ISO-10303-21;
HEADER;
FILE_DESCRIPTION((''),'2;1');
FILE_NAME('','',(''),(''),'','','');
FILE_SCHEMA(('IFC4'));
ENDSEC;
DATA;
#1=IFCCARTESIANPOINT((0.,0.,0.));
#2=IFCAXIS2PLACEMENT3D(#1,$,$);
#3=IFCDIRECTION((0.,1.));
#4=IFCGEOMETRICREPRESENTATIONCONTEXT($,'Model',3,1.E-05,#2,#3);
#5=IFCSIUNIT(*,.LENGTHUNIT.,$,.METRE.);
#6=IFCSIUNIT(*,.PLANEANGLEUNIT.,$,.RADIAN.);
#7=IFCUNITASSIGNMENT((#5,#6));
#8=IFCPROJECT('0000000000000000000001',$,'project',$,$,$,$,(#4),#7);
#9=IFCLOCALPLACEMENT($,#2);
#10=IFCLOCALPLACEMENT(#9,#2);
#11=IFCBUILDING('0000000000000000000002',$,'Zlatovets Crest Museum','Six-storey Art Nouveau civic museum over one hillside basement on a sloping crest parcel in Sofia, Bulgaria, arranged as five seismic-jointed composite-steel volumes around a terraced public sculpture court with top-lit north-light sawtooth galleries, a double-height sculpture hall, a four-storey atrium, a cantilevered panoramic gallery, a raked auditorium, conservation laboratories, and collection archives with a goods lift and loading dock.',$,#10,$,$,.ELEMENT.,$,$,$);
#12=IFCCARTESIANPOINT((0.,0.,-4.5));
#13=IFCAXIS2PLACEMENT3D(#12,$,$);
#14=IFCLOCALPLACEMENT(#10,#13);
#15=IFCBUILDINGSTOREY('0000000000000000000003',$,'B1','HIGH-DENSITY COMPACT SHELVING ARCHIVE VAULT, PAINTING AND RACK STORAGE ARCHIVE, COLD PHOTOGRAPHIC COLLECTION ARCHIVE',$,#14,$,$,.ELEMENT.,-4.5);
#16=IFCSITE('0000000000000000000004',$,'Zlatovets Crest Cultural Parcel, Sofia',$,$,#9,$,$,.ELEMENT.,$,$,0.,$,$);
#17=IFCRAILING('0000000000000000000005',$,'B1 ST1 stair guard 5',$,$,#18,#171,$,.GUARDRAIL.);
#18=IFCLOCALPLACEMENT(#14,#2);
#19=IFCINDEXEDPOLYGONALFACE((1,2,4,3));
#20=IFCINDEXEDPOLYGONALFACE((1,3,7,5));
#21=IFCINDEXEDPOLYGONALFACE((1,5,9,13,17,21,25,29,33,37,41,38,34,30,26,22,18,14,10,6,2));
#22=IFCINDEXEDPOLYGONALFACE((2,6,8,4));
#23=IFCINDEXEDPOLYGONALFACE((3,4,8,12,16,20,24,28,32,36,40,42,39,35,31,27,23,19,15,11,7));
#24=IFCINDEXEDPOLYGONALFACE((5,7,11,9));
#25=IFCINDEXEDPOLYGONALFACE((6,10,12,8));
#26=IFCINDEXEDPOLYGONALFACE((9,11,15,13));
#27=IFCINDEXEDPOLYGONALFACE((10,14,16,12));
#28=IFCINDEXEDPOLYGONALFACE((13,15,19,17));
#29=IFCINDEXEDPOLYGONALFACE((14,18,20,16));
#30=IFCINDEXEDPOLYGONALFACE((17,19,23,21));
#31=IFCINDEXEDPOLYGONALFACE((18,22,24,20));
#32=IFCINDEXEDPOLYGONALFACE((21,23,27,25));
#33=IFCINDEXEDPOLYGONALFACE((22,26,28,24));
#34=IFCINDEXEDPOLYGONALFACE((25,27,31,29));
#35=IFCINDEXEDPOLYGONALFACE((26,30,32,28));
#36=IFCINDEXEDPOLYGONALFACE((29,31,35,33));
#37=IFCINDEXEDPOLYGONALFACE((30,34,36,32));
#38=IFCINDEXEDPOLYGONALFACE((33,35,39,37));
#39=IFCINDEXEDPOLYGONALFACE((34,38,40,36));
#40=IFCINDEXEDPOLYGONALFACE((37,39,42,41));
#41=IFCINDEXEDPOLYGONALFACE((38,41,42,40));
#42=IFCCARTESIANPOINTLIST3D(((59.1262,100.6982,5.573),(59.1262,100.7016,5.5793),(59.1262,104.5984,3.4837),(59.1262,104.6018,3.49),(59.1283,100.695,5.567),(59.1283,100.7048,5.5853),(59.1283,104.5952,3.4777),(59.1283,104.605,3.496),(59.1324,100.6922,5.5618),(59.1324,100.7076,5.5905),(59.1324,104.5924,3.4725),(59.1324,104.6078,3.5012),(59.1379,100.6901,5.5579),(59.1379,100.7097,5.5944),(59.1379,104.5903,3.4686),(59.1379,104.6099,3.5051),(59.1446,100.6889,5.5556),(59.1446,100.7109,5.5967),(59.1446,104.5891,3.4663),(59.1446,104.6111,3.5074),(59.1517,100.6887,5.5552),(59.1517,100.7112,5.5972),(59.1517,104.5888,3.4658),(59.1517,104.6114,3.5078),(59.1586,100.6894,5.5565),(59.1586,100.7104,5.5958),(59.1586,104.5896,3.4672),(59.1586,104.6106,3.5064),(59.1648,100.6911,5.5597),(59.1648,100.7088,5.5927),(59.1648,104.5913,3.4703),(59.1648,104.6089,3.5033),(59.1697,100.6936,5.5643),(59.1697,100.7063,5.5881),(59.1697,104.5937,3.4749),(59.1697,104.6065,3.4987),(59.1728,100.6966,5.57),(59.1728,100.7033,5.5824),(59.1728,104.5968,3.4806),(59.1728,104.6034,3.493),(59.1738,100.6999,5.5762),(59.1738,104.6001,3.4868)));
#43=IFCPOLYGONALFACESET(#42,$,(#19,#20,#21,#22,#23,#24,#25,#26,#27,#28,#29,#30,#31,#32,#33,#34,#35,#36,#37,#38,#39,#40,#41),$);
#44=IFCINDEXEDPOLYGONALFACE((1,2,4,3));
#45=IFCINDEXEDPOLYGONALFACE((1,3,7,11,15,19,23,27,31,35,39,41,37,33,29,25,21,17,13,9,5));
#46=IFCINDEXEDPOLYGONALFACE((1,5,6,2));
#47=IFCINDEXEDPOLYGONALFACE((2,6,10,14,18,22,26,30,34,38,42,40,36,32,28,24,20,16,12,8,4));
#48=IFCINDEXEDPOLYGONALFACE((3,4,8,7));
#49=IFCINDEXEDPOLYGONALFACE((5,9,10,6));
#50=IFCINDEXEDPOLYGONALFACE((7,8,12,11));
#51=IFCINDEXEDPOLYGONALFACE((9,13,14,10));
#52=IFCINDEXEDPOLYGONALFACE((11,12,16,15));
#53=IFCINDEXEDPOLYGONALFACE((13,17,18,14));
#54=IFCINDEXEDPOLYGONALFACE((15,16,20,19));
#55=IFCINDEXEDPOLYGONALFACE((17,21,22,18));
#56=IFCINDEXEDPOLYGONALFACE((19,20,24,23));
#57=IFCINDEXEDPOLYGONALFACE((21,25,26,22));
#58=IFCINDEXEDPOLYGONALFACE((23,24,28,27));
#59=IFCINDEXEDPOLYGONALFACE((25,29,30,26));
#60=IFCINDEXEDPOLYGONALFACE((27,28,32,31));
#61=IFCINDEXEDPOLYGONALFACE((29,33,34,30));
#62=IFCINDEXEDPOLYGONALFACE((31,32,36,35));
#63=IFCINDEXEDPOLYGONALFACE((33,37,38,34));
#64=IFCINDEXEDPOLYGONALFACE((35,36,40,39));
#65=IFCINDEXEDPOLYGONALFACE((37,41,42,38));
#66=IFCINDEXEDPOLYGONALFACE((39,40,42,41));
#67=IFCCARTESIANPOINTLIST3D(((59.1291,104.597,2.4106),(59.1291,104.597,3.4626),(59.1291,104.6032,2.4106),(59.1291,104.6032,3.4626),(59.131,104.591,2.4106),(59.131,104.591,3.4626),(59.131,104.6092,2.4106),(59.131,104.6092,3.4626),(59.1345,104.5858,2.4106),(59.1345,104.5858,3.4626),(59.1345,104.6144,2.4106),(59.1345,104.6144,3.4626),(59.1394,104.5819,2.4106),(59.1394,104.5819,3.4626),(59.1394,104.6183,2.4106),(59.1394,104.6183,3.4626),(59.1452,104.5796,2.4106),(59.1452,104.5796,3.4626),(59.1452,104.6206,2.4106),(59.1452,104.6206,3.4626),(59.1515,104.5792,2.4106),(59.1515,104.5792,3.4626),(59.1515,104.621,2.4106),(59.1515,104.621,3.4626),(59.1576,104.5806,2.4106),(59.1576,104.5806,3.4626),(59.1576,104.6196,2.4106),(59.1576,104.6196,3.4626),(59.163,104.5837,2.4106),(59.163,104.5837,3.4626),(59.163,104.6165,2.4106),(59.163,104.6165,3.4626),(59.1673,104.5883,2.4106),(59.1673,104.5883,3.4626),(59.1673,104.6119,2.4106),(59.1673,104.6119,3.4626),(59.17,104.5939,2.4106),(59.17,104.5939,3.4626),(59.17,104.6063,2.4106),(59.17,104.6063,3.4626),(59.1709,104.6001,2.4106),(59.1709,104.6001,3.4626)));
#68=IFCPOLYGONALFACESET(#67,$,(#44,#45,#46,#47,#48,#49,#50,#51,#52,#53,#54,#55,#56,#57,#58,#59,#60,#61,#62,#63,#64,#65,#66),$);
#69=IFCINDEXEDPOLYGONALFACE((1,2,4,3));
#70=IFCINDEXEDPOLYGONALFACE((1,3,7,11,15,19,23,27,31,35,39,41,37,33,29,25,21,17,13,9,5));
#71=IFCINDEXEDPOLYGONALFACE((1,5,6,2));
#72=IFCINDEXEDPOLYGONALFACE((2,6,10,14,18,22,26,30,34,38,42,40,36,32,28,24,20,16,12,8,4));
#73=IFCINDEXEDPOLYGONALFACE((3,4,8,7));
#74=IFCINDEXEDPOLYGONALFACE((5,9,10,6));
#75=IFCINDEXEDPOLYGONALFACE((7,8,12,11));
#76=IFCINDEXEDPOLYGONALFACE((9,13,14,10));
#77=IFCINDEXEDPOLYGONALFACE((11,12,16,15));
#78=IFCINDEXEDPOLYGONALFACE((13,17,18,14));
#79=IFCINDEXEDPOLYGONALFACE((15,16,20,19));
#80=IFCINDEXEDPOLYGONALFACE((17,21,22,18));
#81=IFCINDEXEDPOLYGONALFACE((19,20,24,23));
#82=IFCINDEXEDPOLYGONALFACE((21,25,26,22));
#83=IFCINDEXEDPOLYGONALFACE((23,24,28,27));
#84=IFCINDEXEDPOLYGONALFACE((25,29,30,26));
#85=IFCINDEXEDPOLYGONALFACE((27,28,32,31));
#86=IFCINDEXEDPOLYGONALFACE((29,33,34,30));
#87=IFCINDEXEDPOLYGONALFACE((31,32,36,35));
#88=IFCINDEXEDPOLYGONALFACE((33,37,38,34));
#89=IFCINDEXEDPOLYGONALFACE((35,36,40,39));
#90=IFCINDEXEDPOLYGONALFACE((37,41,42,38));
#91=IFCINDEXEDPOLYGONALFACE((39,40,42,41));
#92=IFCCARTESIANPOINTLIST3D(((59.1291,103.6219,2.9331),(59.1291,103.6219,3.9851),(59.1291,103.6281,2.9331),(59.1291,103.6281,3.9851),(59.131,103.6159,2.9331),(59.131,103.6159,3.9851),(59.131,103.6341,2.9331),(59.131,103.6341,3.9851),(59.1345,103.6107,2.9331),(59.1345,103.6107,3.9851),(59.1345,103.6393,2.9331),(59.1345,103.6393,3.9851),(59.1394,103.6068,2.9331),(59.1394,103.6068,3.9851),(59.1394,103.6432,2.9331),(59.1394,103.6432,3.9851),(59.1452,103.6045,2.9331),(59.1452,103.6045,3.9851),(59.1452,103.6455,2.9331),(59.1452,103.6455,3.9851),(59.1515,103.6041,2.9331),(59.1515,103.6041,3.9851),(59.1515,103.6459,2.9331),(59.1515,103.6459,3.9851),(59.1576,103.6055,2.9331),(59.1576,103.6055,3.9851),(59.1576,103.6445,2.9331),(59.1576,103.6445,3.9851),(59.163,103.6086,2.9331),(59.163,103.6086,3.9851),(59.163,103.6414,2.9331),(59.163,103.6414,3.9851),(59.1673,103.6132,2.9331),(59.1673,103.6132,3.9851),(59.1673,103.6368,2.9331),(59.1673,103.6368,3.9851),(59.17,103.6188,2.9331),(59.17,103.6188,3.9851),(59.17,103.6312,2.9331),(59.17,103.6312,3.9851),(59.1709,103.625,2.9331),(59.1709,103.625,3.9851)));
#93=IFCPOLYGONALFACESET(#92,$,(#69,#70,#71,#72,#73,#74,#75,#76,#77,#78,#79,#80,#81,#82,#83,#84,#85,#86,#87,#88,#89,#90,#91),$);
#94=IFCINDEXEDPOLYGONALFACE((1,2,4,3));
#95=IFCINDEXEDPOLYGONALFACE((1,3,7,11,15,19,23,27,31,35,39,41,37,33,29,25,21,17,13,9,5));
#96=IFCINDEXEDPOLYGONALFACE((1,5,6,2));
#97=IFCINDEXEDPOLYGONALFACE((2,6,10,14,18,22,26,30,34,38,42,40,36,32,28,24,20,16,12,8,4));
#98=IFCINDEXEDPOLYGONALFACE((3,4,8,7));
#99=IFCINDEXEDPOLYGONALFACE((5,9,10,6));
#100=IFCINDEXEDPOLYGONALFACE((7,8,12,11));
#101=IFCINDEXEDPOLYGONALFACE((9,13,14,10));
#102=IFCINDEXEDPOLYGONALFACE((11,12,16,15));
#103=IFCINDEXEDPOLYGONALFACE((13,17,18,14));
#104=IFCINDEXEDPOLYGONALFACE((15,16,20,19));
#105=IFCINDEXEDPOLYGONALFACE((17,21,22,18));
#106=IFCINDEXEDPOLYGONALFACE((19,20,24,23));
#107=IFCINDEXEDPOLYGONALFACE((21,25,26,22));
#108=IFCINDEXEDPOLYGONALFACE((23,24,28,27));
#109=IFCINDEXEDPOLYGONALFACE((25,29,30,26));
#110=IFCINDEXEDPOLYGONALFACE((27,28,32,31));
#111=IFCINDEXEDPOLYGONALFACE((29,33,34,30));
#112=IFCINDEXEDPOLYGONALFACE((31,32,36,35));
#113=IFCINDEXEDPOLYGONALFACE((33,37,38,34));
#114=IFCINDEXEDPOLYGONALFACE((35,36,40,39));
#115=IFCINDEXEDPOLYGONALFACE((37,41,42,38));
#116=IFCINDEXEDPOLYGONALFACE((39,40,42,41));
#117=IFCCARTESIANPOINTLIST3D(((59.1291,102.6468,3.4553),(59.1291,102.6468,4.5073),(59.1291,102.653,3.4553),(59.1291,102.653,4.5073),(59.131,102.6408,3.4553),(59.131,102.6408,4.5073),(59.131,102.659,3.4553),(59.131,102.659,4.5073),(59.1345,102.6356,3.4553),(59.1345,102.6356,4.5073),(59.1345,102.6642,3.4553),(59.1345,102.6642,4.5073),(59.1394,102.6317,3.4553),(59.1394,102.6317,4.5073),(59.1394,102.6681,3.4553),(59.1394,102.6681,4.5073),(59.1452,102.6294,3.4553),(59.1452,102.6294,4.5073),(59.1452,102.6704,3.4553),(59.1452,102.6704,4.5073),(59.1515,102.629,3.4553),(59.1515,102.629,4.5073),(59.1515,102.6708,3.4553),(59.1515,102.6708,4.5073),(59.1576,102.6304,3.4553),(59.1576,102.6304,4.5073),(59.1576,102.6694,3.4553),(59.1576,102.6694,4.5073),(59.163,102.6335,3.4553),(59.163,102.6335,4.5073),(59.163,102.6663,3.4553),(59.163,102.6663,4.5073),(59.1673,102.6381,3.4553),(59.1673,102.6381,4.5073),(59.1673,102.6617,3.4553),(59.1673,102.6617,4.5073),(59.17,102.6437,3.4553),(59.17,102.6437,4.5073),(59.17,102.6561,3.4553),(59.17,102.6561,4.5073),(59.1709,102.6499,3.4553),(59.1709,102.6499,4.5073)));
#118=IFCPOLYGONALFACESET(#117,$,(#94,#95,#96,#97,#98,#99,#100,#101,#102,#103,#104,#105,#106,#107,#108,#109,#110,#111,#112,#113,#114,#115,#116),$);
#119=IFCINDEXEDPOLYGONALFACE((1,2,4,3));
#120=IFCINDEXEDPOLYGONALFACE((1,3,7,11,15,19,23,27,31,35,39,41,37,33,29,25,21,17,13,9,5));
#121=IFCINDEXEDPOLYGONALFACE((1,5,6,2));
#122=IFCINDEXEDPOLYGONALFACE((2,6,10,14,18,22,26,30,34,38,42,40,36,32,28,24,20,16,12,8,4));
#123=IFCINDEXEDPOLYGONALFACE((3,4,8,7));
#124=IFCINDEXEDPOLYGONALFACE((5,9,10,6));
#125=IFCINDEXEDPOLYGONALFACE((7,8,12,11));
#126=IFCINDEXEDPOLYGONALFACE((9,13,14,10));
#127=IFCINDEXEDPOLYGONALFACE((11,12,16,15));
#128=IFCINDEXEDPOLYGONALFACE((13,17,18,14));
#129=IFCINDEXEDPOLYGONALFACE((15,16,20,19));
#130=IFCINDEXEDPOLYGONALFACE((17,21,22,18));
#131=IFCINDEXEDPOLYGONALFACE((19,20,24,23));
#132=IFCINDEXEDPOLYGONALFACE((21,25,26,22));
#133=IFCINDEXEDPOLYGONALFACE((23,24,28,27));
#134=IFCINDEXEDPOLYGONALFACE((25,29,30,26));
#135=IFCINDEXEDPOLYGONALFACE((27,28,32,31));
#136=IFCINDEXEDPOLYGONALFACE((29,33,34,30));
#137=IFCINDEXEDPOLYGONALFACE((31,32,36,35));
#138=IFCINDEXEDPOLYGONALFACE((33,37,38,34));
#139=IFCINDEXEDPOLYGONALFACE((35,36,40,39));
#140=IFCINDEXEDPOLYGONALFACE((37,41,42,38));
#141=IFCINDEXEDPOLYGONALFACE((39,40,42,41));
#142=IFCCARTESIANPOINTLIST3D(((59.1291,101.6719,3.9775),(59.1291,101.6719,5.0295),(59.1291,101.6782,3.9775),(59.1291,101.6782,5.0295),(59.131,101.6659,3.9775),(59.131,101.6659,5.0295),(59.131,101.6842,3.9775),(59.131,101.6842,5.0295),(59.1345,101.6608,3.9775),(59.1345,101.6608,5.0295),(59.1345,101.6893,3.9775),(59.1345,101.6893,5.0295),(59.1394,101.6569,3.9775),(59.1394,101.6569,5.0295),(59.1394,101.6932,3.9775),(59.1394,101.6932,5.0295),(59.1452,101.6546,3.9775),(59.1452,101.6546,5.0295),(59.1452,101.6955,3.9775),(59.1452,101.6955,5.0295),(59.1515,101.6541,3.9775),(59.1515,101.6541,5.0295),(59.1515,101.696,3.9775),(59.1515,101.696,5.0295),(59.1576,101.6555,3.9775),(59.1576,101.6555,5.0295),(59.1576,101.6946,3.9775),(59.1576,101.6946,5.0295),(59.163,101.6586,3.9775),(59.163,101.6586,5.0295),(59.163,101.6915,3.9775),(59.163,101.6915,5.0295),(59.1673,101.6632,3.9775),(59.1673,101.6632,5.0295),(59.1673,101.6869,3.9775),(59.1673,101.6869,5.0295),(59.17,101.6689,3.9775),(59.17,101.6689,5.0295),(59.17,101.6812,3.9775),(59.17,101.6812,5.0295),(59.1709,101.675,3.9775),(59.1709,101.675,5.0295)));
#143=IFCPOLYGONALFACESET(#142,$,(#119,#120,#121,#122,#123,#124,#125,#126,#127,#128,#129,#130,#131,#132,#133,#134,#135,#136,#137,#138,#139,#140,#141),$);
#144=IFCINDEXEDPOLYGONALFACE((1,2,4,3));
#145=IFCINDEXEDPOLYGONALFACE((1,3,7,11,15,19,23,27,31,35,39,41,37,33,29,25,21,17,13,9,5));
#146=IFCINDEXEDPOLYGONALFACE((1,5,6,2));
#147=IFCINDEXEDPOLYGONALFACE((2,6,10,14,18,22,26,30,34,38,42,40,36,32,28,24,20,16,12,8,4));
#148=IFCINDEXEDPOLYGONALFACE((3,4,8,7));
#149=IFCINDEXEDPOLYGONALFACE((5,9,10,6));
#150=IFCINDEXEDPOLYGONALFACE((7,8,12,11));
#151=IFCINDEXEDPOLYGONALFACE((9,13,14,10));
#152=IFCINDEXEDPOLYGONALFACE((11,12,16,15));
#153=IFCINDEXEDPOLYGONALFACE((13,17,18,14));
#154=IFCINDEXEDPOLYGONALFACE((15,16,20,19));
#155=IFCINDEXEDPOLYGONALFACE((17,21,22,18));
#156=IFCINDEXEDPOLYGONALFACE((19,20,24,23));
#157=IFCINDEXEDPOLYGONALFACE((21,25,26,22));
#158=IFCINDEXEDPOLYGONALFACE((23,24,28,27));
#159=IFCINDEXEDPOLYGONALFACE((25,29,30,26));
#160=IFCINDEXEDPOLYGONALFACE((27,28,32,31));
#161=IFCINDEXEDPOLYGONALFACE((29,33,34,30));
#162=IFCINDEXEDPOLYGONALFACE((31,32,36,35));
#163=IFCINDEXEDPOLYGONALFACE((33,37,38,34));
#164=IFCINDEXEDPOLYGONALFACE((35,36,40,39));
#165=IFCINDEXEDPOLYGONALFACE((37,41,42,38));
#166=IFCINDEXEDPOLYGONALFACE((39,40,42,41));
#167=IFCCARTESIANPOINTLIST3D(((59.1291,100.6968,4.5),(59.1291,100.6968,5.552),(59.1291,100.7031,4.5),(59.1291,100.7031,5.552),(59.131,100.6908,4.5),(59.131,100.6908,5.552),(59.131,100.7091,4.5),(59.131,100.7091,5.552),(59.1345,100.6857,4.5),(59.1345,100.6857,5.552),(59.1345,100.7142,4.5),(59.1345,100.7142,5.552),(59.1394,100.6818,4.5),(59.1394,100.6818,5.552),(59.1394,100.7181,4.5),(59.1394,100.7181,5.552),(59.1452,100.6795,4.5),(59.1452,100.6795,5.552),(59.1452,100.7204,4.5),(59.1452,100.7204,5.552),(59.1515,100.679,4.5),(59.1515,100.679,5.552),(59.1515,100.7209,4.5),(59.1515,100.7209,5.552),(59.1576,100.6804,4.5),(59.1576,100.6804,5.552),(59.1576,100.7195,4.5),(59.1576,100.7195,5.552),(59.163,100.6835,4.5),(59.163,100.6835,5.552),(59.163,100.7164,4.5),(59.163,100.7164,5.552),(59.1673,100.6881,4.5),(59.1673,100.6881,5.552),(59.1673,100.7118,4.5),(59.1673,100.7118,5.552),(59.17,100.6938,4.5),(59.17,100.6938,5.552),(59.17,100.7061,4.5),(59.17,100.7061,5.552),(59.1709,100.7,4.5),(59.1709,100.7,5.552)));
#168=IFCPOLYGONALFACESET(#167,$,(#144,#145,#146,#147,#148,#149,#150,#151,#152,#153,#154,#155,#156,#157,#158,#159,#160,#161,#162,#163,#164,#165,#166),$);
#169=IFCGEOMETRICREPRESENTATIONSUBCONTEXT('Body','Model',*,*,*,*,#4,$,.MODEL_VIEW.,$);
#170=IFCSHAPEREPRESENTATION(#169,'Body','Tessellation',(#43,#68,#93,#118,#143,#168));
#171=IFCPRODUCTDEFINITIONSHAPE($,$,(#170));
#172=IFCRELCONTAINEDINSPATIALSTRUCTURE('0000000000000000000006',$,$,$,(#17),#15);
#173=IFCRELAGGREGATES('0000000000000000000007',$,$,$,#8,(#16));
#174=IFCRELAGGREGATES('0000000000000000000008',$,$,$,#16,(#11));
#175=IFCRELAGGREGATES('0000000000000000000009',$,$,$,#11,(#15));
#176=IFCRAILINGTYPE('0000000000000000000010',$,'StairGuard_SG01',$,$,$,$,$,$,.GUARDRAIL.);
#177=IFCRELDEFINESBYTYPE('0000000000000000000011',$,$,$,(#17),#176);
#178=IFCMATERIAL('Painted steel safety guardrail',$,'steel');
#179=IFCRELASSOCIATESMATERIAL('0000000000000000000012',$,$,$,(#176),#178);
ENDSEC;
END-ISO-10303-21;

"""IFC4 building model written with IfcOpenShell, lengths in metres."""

from ifc_helpers import new_model, si_unit, direction, frame, origin, origin_2d, place, context, subcontext, project, spatial, circle, extrude, material, type_object, element, save


model = new_model("IFC4")

# Units and contexts
model_context = context("Model", 3, precision=1e-05, world=origin(), true_north=direction((0.0, 1.0)))
body_context = subcontext(model_context, "Body", "Model", "MODEL_VIEW")
ifc_project = project(units=[si_unit("LENGTHUNIT", "METRE"), si_unit("PLANEANGLEUNIT", "RADIAN")], contexts=[model_context])

# Site, building, storey
site_placement = place(None, origin())
site = spatial("IfcSite", under=ifc_project, at=site_placement, Name="Zlatovets Crest Cultural Parcel, Sofia", CompositionType="ELEMENT", RefElevation=0.0)
building_placement = place(site_placement, origin())
building = spatial("IfcBuilding", under=site, at=building_placement, Name="Zlatovets Crest Museum", Description="Six-storey Art Nouveau civic museum over one hillside basement on a sloping crest parcel in Sofia, Bulgaria, arranged as five seismic-jointed composite-steel volumes around a terraced public sculpture court with top-lit north-light sawtooth galleries, a double-height sculpture hall, a four-storey atrium, a cantilevered panoramic gallery, a raked auditorium, conservation laboratories, and collection archives with a goods lift and loading dock.", CompositionType="ELEMENT")
storey_placement = place(building_placement, frame((0.0, 0.0, -4.5)))
storey = spatial("IfcBuildingStorey", under=building, at=storey_placement, Name="B1", Description="HIGH-DENSITY COMPACT SHELVING ARCHIVE VAULT, PAINTING AND RACK STORAGE ARCHIVE, COLD PHOTOGRAPHIC COLLECTION ARCHIVE", CompositionType="ELEMENT", Elevation=-4.5)

# Railing
ifc_material_1 = material(Name="Painted steel safety guardrail", Category="steel")
railing_type_1 = type_object("IfcRailingType", Name="StairGuard_SG01", PredefinedType="GUARDRAIL", material=ifc_material_1)
railing_1_placement = place(storey_placement, frame((59.1499, 104.6001, 2.4106)))
element("IfcRailing", 1, at=railing_1_placement, inside=storey, type_object=railing_type_1, Name="B1 ST1 stair guard 5", PredefinedType="GUARDRAIL", context=body_context, shape_type="SweptSolid", body=[
    extrude(circle(Radius=0.0239, at=origin_2d()), frame((0.0, 0.0, 1.0762), z_axis=(0.0, -0.881481, 0.47222), x_axis=(1.0, 0.0, 0.0)), (0.0, 0.0, 1.0), 4.4246),
    extrude(circle(Radius=0.021, at=origin_2d()), origin(), (0.0, 0.0, 1.0), 1.052),
    extrude(circle(Radius=0.021, at=origin_2d()), frame((0.0, -0.9751, 0.5225)), (0.0, 0.0, 1.0), 1.052),
    extrude(circle(Radius=0.021, at=origin_2d()), frame((0.0, -1.9502, 1.0447)), (0.0, 0.0, 1.0), 1.052),
    extrude(circle(Radius=0.021, at=origin_2d()), frame((0.0, -2.925, 1.5669)), (0.0, 0.0, 1.0), 1.052),
    extrude(circle(Radius=0.021, at=origin_2d()), frame((0.0, -3.9001, 2.0894)), (0.0, 0.0, 1.0), 1.052),
])

save(model, "model.ifc")
